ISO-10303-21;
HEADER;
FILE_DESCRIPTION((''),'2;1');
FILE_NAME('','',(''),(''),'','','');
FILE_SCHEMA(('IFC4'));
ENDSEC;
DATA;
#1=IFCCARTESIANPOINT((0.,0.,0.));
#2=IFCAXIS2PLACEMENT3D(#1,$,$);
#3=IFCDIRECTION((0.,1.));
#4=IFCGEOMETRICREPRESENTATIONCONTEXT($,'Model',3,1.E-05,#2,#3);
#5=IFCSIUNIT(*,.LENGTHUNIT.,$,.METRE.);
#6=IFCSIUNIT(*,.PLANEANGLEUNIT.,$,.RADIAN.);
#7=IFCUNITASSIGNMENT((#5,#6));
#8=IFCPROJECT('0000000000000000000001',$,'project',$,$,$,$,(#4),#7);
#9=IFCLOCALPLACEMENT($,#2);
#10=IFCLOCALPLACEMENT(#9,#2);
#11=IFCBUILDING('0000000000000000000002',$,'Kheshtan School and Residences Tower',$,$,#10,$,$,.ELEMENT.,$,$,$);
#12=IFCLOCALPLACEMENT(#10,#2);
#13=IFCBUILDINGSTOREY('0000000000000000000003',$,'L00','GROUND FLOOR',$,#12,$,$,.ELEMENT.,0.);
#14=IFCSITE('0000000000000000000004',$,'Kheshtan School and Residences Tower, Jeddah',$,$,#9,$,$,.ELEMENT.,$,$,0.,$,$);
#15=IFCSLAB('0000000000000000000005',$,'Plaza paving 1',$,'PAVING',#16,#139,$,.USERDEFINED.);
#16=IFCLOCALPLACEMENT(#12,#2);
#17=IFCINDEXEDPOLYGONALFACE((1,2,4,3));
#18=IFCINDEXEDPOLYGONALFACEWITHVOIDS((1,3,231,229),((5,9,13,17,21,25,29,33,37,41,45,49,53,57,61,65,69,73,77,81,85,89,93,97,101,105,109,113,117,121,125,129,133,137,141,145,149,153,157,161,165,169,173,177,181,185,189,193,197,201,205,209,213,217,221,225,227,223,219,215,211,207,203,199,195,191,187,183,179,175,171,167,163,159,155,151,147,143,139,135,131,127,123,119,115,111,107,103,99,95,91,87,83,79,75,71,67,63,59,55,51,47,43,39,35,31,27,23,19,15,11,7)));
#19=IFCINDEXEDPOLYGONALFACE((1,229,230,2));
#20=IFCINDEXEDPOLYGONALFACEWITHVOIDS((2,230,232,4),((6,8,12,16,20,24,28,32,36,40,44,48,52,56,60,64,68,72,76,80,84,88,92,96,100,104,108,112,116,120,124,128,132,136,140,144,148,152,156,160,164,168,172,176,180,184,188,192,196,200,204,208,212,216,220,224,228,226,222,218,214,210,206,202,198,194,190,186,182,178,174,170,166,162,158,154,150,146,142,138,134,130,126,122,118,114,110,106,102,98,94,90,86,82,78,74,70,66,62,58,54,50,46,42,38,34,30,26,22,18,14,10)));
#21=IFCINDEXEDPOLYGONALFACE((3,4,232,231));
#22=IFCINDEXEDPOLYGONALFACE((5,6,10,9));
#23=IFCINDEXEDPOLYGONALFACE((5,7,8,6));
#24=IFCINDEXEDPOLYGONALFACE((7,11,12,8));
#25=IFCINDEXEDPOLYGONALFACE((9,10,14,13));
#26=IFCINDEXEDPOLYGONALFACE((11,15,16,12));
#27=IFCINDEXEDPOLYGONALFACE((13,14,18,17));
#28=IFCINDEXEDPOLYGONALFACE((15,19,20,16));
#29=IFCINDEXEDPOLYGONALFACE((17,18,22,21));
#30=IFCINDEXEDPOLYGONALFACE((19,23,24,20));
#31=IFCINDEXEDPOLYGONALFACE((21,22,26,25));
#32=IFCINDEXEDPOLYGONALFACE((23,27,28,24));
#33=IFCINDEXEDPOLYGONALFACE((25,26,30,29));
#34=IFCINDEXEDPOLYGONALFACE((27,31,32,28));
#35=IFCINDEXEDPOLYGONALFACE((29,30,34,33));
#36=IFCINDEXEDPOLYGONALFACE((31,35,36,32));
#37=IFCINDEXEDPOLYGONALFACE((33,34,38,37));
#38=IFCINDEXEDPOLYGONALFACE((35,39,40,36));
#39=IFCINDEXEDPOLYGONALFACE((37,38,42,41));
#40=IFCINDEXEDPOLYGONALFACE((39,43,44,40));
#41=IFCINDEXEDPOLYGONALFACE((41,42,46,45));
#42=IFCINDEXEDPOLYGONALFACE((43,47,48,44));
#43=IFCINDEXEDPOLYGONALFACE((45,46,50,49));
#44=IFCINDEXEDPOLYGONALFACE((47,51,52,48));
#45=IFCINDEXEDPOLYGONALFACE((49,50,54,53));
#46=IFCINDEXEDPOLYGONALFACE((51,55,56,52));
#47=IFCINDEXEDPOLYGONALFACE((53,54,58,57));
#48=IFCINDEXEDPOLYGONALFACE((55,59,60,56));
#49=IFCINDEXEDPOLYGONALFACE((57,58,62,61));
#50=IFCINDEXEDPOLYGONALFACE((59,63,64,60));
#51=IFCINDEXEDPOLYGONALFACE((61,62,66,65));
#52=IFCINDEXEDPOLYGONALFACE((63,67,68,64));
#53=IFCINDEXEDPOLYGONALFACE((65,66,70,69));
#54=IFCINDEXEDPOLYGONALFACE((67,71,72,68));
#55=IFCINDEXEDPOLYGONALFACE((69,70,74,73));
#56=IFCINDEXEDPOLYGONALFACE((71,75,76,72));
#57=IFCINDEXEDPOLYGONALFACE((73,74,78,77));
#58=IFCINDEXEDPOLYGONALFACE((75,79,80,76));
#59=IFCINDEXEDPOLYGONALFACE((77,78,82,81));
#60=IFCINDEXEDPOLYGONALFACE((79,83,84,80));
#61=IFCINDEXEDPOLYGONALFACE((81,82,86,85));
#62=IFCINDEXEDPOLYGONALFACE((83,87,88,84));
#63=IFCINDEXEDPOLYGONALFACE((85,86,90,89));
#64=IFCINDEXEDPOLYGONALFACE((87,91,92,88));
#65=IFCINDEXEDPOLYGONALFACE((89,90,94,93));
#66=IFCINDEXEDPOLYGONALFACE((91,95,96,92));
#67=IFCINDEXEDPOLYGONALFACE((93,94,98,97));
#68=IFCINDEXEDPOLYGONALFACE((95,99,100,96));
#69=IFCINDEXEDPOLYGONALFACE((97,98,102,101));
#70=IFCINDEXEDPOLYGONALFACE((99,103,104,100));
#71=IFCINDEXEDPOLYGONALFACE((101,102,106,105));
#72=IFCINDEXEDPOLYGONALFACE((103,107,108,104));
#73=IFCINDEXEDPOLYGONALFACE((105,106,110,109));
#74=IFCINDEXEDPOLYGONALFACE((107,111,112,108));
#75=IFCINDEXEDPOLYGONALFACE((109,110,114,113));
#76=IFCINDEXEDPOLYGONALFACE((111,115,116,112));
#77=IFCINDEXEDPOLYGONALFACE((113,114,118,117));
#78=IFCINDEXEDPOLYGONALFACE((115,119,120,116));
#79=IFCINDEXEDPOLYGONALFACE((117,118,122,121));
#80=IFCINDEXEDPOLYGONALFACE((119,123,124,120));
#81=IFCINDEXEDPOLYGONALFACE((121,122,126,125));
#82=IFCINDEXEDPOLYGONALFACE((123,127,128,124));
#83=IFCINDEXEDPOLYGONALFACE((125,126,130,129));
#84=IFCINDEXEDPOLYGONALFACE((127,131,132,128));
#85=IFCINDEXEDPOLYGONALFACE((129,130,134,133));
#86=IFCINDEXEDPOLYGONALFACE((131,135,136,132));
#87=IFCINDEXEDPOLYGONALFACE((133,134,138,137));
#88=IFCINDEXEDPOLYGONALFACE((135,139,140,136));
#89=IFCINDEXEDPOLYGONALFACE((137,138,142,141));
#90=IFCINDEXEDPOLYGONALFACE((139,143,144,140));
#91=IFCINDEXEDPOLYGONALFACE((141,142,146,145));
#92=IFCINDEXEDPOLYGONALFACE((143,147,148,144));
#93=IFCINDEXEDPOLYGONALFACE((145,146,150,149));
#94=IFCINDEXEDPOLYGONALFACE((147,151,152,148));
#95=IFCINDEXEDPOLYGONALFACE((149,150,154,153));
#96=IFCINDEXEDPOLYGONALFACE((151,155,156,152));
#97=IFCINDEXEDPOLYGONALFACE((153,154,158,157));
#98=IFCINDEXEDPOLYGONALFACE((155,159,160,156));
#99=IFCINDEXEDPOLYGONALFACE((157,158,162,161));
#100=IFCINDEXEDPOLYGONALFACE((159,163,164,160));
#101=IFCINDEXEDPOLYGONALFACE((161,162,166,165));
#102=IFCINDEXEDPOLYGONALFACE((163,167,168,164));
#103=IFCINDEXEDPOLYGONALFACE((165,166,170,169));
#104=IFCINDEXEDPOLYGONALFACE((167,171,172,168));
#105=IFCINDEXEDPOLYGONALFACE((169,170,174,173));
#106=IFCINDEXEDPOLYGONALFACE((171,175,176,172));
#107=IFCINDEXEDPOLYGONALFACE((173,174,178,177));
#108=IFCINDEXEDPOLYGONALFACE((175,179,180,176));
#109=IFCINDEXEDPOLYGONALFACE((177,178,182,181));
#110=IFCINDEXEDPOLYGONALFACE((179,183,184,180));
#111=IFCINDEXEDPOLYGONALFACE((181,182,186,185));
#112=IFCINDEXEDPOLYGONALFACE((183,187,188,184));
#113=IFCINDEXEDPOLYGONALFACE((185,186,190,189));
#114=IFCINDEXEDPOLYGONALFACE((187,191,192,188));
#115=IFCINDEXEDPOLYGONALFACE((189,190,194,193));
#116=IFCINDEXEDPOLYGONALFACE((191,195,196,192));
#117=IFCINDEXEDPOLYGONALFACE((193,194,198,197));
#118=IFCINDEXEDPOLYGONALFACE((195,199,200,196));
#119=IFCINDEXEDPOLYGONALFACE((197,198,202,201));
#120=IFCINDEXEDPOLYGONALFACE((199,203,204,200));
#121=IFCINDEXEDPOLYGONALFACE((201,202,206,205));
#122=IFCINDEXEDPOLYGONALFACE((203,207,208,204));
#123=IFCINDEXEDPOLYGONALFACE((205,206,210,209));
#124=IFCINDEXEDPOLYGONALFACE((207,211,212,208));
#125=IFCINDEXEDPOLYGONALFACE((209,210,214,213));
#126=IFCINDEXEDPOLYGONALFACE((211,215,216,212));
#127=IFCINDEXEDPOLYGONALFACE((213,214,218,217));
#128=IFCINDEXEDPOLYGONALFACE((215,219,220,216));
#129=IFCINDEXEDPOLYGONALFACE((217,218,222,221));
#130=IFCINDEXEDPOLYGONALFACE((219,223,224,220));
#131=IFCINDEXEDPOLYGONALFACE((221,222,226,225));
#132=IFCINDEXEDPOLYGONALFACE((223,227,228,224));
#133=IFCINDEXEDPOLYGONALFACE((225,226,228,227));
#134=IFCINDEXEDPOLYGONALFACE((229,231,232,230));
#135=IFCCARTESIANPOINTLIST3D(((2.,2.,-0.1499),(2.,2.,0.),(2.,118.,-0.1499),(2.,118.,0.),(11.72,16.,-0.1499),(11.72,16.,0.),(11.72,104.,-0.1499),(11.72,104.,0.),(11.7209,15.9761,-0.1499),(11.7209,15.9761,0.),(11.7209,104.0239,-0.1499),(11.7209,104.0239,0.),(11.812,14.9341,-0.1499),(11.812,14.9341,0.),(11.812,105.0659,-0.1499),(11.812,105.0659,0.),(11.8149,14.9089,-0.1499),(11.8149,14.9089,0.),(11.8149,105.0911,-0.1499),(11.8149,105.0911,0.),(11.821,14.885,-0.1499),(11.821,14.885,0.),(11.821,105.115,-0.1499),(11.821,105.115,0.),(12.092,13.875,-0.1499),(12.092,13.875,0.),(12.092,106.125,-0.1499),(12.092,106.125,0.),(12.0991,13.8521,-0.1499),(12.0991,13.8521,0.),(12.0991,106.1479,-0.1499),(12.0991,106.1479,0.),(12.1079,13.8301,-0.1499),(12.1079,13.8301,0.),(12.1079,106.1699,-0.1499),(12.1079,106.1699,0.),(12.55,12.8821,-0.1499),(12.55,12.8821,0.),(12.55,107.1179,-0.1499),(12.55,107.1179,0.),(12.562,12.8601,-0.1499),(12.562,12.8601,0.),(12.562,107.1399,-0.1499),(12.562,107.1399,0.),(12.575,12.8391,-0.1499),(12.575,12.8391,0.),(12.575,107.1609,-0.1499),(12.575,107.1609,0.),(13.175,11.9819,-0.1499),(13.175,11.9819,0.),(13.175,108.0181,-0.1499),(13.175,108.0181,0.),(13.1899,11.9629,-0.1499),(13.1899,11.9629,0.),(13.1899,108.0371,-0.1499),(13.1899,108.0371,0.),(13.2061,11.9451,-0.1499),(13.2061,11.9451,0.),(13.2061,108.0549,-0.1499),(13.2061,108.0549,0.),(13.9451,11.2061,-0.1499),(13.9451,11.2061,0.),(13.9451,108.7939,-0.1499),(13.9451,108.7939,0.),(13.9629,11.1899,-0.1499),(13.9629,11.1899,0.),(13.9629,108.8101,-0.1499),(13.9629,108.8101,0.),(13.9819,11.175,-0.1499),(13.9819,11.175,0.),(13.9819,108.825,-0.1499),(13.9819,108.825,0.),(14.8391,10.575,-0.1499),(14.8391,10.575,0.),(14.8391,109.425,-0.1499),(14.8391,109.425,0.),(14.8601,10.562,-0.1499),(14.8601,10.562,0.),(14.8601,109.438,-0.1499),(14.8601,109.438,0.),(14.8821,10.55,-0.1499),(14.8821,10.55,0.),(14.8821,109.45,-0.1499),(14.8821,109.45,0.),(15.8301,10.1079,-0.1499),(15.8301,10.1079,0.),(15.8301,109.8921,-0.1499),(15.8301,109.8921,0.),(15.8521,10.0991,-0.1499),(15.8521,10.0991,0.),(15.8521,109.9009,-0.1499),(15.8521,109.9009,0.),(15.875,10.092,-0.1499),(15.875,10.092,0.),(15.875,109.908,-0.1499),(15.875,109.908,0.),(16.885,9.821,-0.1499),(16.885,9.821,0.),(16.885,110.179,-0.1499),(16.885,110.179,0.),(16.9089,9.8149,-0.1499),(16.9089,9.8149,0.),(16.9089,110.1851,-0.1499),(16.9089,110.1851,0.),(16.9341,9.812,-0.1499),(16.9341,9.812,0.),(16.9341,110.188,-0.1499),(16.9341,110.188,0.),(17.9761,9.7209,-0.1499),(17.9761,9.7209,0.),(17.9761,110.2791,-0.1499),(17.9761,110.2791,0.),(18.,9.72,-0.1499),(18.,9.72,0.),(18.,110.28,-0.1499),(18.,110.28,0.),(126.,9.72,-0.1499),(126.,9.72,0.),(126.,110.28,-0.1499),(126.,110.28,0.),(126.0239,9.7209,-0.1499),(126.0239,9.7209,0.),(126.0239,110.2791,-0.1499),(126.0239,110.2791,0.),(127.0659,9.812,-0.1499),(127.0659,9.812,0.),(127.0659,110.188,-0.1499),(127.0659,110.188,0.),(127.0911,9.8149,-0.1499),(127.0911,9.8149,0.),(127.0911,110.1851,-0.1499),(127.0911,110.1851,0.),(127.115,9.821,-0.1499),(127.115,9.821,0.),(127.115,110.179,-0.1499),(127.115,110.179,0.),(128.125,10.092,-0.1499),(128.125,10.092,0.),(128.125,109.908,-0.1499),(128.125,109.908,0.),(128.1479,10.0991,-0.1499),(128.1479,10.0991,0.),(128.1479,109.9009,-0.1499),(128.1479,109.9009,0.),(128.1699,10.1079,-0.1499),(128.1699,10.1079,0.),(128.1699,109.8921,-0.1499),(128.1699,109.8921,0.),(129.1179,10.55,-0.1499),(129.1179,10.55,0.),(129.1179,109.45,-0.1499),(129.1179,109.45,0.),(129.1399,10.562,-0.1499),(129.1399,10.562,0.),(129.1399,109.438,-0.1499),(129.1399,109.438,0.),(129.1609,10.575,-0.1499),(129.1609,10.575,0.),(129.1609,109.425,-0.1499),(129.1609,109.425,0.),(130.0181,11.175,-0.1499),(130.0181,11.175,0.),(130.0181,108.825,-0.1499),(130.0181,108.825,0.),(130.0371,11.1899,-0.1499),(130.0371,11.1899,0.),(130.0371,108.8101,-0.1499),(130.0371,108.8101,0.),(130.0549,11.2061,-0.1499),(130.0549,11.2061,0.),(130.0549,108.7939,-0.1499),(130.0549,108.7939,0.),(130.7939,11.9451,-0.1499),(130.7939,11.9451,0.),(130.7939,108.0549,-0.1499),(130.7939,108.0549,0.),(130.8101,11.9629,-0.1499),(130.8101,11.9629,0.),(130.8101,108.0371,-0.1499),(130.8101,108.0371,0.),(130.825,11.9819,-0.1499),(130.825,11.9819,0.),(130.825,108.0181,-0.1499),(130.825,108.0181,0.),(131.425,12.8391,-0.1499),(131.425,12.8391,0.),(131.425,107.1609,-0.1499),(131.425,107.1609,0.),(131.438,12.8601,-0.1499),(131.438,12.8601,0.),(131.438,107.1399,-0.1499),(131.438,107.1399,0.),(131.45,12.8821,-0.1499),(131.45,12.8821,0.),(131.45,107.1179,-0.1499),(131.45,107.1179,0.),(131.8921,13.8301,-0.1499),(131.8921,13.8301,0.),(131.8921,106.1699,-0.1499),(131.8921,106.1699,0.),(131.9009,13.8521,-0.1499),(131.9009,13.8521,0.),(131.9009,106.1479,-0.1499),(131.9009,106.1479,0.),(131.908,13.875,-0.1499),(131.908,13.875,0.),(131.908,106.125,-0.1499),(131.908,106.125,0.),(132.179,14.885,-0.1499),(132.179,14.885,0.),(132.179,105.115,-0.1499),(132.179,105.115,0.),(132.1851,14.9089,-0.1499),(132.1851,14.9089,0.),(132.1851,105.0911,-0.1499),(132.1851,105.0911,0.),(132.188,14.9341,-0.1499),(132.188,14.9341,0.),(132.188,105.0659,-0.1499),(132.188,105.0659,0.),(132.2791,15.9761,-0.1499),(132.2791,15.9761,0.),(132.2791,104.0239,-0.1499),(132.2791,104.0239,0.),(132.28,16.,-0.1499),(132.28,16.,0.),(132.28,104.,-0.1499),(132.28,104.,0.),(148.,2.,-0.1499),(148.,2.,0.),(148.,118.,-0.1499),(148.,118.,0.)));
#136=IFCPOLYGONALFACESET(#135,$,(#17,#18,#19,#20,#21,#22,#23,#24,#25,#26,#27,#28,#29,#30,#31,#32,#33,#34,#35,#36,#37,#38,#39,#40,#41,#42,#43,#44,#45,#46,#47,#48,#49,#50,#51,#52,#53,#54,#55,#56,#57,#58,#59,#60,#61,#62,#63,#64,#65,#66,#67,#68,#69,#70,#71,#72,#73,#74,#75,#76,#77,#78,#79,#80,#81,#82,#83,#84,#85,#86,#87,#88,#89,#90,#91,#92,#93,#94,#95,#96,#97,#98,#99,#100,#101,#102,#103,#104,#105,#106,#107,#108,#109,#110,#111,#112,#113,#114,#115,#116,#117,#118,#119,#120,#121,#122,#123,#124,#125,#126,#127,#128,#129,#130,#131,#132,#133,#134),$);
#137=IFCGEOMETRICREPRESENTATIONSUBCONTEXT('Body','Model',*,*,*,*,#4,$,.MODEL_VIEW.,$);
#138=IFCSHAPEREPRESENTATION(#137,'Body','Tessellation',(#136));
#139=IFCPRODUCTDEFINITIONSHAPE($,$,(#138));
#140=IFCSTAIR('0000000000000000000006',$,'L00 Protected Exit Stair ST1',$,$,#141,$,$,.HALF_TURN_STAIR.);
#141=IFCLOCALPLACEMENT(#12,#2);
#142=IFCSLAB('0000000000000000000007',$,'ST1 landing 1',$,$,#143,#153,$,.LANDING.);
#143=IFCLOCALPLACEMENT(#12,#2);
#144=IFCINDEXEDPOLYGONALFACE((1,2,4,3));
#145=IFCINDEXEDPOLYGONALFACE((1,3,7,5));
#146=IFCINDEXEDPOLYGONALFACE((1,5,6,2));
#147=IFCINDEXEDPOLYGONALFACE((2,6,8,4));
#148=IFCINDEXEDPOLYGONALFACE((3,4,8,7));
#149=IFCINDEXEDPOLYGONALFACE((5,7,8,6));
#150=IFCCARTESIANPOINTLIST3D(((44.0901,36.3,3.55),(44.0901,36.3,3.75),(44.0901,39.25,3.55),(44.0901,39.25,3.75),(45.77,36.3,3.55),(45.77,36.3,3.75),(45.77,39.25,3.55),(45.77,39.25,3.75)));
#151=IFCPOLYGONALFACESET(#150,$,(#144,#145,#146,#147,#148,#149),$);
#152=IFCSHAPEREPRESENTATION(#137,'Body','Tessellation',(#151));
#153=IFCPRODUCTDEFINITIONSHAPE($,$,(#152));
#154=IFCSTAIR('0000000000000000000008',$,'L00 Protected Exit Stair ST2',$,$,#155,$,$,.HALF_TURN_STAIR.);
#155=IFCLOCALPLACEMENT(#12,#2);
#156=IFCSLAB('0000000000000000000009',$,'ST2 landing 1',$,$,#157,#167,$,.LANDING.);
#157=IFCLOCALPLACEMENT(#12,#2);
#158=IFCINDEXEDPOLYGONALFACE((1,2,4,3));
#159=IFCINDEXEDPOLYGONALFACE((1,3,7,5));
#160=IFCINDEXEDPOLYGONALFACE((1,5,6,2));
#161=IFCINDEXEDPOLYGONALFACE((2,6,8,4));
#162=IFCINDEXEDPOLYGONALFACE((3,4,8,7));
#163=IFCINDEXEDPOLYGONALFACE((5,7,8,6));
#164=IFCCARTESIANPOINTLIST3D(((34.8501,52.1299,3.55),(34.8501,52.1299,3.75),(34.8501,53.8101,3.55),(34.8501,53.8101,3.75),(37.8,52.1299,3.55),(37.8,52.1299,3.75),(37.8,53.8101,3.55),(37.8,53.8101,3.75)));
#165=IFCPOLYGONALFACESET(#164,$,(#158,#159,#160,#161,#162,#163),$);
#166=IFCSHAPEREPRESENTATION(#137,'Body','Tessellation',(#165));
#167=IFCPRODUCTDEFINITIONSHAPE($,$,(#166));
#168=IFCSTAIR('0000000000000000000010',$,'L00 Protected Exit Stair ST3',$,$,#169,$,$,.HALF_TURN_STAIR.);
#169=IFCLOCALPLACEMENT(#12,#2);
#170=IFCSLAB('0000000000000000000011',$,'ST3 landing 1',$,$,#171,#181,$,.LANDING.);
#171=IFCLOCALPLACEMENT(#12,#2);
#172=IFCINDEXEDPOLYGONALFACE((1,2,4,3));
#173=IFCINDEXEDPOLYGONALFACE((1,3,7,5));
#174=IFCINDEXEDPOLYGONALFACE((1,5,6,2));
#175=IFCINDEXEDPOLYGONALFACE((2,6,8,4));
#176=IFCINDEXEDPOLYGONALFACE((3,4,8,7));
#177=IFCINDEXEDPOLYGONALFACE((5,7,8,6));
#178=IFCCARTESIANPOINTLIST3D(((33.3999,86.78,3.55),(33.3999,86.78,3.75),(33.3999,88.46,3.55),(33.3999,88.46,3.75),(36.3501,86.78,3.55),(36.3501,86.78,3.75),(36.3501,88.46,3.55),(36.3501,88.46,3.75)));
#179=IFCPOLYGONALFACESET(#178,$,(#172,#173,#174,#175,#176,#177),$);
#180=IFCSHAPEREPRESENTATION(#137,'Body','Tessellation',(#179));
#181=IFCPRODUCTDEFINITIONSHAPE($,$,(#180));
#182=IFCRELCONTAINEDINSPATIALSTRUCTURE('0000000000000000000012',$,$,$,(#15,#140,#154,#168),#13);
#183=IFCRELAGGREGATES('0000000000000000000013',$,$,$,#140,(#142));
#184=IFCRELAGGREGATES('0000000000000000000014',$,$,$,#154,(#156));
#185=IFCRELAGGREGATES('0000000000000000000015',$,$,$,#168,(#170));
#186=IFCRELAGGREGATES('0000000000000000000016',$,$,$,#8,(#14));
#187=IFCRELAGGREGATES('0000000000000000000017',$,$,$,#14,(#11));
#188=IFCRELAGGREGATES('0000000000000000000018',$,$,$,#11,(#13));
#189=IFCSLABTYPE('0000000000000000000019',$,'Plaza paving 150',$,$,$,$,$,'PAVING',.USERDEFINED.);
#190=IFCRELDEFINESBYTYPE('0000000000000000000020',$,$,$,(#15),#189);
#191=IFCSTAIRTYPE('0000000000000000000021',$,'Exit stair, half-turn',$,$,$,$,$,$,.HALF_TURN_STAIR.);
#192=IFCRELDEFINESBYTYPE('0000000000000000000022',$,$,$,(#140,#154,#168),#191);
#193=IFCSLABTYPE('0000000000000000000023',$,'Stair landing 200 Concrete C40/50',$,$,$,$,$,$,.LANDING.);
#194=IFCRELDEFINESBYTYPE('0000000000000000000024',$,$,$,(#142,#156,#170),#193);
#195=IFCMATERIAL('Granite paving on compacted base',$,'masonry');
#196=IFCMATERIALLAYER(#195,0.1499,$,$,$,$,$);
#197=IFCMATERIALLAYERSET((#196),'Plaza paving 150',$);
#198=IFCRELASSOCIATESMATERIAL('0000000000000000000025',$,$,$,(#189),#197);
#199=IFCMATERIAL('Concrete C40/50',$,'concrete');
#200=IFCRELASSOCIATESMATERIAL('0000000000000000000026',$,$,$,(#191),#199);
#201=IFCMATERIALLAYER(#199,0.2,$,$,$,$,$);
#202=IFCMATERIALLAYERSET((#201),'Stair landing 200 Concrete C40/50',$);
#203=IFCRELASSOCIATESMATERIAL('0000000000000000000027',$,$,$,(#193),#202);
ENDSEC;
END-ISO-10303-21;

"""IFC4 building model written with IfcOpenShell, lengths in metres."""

from ifc_helpers import new_model, si_unit, direction, frame, origin, place, context, subcontext, project, spatial, polyline, outline, extrude, material, layer, layer_set, type_object, element, aggregate, save


model = new_model("IFC4")

# Units and contexts
model_context = context("Model", 3, precision=1e-05, world=origin(), true_north=direction((0.0, 1.0)))
body_context = subcontext(model_context, "Body", "Model", "MODEL_VIEW")
ifc_project = project(units=[si_unit("LENGTHUNIT", "METRE"), si_unit("PLANEANGLEUNIT", "RADIAN")], contexts=[model_context])

# Site, building, storey
site_placement = place(None, origin())
site = spatial("IfcSite", under=ifc_project, at=site_placement, Name="Kheshtan School and Residences Tower, Jeddah", CompositionType="ELEMENT", RefElevation=0.0)
building_placement = place(site_placement, origin())
building = spatial("IfcBuilding", under=site, at=building_placement, Name="Kheshtan School and Residences Tower", CompositionType="ELEMENT")
storey_placement = place(building_placement, origin())
storey = spatial("IfcBuildingStorey", under=building, at=storey_placement, Name="L00", Description="GROUND FLOOR", CompositionType="ELEMENT", Elevation=0.0)

# Slab
ifc_material_1 = material(Name="Concrete C40/50", Category="concrete")
ifc_material_2 = material(Name="Granite paving on compacted base", Category="masonry")
ifc_layer_1 = layer(ifc_material_2, 0.1499)
ifc_layer_set_1 = layer_set([ifc_layer_1], Name="Plaza paving 150")
slab_type_1 = type_object("IfcSlabType", Name="Plaza paving 150", ElementType="PAVING", PredefinedType="USERDEFINED", material=ifc_layer_set_1)
slab_1_placement = place(storey_placement, frame((0.0, 0.0, -0.1499)))
element("IfcSlab", 1, at=slab_1_placement, inside=storey, type_object=slab_type_1, Name="Plaza paving 1", ObjectType="PAVING", PredefinedType="USERDEFINED", context=body_context, shape_type="SweptSolid", body=[
    extrude(outline(polyline([(148.0, 118.0), (148.0, 2.0), (2.0, 2.0), (2.0, 118.0), (148.0, 118.0)]), holes=[polyline([(11.7209, 15.9761), (11.812, 14.9341), (11.8149, 14.9089), (11.821, 14.885), (12.092, 13.875), (12.0991, 13.8521), (12.1079, 13.8301), (12.55, 12.8821), (12.562, 12.8601), (12.575, 12.8391), (13.175, 11.9819), (13.1899, 11.9629), (13.2061, 11.9451), (13.9451, 11.2061), (13.9629, 11.1899), (13.9819, 11.175), (14.8391, 10.575), (14.8601, 10.562), (14.8821, 10.55), (15.8301, 10.1079), (15.8521, 10.0991), (15.875, 10.092), (16.885, 9.821), (16.9089, 9.8149), (16.9341, 9.812), (17.9761, 9.7209), (18.0, 9.72), (126.0, 9.72), (126.0239, 9.7209), (127.0659, 9.812), (127.0911, 9.8149), (127.115, 9.821), (128.125, 10.092), (128.1479, 10.0991), (128.1699, 10.1079), (129.1179, 10.55), (129.1399, 10.562), (129.1609, 10.575), (130.0181, 11.175), (130.0371, 11.1899), (130.0549, 11.2061), (130.7939, 11.9451), (130.8101, 11.9629), (130.825, 11.9819), (131.425, 12.8391), (131.438, 12.8601), (131.45, 12.8821), (131.8921, 13.8301), (131.9009, 13.8521), (131.908, 13.875), (132.179, 14.885), (132.1851, 14.9089), (132.188, 14.9341), (132.2791, 15.9761), (132.28, 16.0), (132.28, 104.0), (132.2791, 104.0239), (132.188, 105.0659), (132.1851, 105.0911), (132.179, 105.115), (131.908, 106.125), (131.9009, 106.1479), (131.8921, 106.1699), (131.45, 107.1179), (131.438, 107.1399), (131.425, 107.1609), (130.825, 108.0181), (130.8101, 108.0371), (130.7939, 108.0549), (130.0549, 108.7939), (130.0371, 108.8101), (130.0181, 108.825), (129.1609, 109.425), (129.1399, 109.438), (129.1179, 109.45), (128.1699, 109.8921), (128.1479, 109.9009), (128.125, 109.908), (127.115, 110.179), (127.0911, 110.1851), (127.0659, 110.188), (126.0239, 110.2791), (126.0, 110.28), (18.0, 110.28), (17.9761, 110.2791), (16.9341, 110.188), (16.9089, 110.1851), (16.885, 110.179), (15.875, 109.908), (15.8521, 109.9009), (15.8301, 109.8921), (14.8821, 109.45), (14.8601, 109.438), (14.8391, 109.425), (13.9819, 108.825), (13.9629, 108.8101), (13.9451, 108.7939), (13.2061, 108.0549), (13.1899, 108.0371), (13.175, 108.0181), (12.575, 107.1609), (12.562, 107.1399), (12.55, 107.1179), (12.1079, 106.1699), (12.0991, 106.1479), (12.092, 106.125), (11.821, 105.115), (11.8149, 105.0911), (11.812, 105.0659), (11.7209, 104.0239), (11.72, 104.0), (11.72, 16.0), (11.7209, 15.9761)])]), origin(), (0.0, 0.0, 1.0), 0.1499),
])

# Stairs, slabs
stair_type = type_object("IfcStairType", Name="Exit stair, half-turn", PredefinedType="HALF_TURN_STAIR", material=ifc_material_1)
stair_1_placement = place(storey_placement, origin())
stair_1 = element("IfcStair", 2, at=stair_1_placement, inside=storey, type_object=stair_type, Name="L00 Protected Exit Stair ST1", PredefinedType="HALF_TURN_STAIR")
ifc_layer_2 = layer(ifc_material_1, 0.2)
ifc_layer_set_2 = layer_set([ifc_layer_2], Name="Stair landing 200 Concrete C40/50")
slab_type_2 = type_object("IfcSlabType", Name="Stair landing 200 Concrete C40/50", PredefinedType="LANDING", material=ifc_layer_set_2)
slab_2_placement = place(storey_placement, frame((0.0, 0.0, 3.55)))
slab_2 = element("IfcSlab", 3, at=slab_2_placement, type_object=slab_type_2, Name="ST1 landing 1", PredefinedType="LANDING", context=body_context, shape_type="SweptSolid", body=[
    extrude(outline(polyline([(45.77, 39.25), (44.0901, 39.25), (44.0901, 36.3), (45.77, 36.3), (45.77, 39.25)])), origin(), (0.0, 0.0, 1.0), 0.2),
])
aggregate(stair_1, [slab_2])
stair_2_placement = place(storey_placement, origin())
stair_2 = element("IfcStair", 4, at=stair_2_placement, inside=storey, type_object=stair_type, Name="L00 Protected Exit Stair ST2", PredefinedType="HALF_TURN_STAIR")
slab_3_placement = place(storey_placement, frame((0.0, 0.0, 3.55)))
slab_3 = element("IfcSlab", 5, at=slab_3_placement, type_object=slab_type_2, Name="ST2 landing 1", PredefinedType="LANDING", context=body_context, shape_type="SweptSolid", body=[
    extrude(outline(polyline([(37.8, 52.1299), (37.8, 53.8101), (34.8501, 53.8101), (34.8501, 52.1299), (37.8, 52.1299)])), origin(), (0.0, 0.0, 1.0), 0.2),
])
aggregate(stair_2, [slab_3])
stair_3_placement = place(storey_placement, origin())
stair_3 = element("IfcStair", 6, at=stair_3_placement, inside=storey, type_object=stair_type, Name="L00 Protected Exit Stair ST3", PredefinedType="HALF_TURN_STAIR")
slab_4_placement = place(storey_placement, frame((0.0, 0.0, 3.55)))
slab_4 = element("IfcSlab", 7, at=slab_4_placement, type_object=slab_type_2, Name="ST3 landing 1", PredefinedType="LANDING", context=body_context, shape_type="SweptSolid", body=[
    extrude(outline(polyline([(36.3501, 86.78), (36.3501, 88.46), (33.3999, 88.46), (33.3999, 86.78), (36.3501, 86.78)])), origin(), (0.0, 0.0, 1.0), 0.2),
])
aggregate(stair_3, [slab_4])

save(model, "model.ifc")
